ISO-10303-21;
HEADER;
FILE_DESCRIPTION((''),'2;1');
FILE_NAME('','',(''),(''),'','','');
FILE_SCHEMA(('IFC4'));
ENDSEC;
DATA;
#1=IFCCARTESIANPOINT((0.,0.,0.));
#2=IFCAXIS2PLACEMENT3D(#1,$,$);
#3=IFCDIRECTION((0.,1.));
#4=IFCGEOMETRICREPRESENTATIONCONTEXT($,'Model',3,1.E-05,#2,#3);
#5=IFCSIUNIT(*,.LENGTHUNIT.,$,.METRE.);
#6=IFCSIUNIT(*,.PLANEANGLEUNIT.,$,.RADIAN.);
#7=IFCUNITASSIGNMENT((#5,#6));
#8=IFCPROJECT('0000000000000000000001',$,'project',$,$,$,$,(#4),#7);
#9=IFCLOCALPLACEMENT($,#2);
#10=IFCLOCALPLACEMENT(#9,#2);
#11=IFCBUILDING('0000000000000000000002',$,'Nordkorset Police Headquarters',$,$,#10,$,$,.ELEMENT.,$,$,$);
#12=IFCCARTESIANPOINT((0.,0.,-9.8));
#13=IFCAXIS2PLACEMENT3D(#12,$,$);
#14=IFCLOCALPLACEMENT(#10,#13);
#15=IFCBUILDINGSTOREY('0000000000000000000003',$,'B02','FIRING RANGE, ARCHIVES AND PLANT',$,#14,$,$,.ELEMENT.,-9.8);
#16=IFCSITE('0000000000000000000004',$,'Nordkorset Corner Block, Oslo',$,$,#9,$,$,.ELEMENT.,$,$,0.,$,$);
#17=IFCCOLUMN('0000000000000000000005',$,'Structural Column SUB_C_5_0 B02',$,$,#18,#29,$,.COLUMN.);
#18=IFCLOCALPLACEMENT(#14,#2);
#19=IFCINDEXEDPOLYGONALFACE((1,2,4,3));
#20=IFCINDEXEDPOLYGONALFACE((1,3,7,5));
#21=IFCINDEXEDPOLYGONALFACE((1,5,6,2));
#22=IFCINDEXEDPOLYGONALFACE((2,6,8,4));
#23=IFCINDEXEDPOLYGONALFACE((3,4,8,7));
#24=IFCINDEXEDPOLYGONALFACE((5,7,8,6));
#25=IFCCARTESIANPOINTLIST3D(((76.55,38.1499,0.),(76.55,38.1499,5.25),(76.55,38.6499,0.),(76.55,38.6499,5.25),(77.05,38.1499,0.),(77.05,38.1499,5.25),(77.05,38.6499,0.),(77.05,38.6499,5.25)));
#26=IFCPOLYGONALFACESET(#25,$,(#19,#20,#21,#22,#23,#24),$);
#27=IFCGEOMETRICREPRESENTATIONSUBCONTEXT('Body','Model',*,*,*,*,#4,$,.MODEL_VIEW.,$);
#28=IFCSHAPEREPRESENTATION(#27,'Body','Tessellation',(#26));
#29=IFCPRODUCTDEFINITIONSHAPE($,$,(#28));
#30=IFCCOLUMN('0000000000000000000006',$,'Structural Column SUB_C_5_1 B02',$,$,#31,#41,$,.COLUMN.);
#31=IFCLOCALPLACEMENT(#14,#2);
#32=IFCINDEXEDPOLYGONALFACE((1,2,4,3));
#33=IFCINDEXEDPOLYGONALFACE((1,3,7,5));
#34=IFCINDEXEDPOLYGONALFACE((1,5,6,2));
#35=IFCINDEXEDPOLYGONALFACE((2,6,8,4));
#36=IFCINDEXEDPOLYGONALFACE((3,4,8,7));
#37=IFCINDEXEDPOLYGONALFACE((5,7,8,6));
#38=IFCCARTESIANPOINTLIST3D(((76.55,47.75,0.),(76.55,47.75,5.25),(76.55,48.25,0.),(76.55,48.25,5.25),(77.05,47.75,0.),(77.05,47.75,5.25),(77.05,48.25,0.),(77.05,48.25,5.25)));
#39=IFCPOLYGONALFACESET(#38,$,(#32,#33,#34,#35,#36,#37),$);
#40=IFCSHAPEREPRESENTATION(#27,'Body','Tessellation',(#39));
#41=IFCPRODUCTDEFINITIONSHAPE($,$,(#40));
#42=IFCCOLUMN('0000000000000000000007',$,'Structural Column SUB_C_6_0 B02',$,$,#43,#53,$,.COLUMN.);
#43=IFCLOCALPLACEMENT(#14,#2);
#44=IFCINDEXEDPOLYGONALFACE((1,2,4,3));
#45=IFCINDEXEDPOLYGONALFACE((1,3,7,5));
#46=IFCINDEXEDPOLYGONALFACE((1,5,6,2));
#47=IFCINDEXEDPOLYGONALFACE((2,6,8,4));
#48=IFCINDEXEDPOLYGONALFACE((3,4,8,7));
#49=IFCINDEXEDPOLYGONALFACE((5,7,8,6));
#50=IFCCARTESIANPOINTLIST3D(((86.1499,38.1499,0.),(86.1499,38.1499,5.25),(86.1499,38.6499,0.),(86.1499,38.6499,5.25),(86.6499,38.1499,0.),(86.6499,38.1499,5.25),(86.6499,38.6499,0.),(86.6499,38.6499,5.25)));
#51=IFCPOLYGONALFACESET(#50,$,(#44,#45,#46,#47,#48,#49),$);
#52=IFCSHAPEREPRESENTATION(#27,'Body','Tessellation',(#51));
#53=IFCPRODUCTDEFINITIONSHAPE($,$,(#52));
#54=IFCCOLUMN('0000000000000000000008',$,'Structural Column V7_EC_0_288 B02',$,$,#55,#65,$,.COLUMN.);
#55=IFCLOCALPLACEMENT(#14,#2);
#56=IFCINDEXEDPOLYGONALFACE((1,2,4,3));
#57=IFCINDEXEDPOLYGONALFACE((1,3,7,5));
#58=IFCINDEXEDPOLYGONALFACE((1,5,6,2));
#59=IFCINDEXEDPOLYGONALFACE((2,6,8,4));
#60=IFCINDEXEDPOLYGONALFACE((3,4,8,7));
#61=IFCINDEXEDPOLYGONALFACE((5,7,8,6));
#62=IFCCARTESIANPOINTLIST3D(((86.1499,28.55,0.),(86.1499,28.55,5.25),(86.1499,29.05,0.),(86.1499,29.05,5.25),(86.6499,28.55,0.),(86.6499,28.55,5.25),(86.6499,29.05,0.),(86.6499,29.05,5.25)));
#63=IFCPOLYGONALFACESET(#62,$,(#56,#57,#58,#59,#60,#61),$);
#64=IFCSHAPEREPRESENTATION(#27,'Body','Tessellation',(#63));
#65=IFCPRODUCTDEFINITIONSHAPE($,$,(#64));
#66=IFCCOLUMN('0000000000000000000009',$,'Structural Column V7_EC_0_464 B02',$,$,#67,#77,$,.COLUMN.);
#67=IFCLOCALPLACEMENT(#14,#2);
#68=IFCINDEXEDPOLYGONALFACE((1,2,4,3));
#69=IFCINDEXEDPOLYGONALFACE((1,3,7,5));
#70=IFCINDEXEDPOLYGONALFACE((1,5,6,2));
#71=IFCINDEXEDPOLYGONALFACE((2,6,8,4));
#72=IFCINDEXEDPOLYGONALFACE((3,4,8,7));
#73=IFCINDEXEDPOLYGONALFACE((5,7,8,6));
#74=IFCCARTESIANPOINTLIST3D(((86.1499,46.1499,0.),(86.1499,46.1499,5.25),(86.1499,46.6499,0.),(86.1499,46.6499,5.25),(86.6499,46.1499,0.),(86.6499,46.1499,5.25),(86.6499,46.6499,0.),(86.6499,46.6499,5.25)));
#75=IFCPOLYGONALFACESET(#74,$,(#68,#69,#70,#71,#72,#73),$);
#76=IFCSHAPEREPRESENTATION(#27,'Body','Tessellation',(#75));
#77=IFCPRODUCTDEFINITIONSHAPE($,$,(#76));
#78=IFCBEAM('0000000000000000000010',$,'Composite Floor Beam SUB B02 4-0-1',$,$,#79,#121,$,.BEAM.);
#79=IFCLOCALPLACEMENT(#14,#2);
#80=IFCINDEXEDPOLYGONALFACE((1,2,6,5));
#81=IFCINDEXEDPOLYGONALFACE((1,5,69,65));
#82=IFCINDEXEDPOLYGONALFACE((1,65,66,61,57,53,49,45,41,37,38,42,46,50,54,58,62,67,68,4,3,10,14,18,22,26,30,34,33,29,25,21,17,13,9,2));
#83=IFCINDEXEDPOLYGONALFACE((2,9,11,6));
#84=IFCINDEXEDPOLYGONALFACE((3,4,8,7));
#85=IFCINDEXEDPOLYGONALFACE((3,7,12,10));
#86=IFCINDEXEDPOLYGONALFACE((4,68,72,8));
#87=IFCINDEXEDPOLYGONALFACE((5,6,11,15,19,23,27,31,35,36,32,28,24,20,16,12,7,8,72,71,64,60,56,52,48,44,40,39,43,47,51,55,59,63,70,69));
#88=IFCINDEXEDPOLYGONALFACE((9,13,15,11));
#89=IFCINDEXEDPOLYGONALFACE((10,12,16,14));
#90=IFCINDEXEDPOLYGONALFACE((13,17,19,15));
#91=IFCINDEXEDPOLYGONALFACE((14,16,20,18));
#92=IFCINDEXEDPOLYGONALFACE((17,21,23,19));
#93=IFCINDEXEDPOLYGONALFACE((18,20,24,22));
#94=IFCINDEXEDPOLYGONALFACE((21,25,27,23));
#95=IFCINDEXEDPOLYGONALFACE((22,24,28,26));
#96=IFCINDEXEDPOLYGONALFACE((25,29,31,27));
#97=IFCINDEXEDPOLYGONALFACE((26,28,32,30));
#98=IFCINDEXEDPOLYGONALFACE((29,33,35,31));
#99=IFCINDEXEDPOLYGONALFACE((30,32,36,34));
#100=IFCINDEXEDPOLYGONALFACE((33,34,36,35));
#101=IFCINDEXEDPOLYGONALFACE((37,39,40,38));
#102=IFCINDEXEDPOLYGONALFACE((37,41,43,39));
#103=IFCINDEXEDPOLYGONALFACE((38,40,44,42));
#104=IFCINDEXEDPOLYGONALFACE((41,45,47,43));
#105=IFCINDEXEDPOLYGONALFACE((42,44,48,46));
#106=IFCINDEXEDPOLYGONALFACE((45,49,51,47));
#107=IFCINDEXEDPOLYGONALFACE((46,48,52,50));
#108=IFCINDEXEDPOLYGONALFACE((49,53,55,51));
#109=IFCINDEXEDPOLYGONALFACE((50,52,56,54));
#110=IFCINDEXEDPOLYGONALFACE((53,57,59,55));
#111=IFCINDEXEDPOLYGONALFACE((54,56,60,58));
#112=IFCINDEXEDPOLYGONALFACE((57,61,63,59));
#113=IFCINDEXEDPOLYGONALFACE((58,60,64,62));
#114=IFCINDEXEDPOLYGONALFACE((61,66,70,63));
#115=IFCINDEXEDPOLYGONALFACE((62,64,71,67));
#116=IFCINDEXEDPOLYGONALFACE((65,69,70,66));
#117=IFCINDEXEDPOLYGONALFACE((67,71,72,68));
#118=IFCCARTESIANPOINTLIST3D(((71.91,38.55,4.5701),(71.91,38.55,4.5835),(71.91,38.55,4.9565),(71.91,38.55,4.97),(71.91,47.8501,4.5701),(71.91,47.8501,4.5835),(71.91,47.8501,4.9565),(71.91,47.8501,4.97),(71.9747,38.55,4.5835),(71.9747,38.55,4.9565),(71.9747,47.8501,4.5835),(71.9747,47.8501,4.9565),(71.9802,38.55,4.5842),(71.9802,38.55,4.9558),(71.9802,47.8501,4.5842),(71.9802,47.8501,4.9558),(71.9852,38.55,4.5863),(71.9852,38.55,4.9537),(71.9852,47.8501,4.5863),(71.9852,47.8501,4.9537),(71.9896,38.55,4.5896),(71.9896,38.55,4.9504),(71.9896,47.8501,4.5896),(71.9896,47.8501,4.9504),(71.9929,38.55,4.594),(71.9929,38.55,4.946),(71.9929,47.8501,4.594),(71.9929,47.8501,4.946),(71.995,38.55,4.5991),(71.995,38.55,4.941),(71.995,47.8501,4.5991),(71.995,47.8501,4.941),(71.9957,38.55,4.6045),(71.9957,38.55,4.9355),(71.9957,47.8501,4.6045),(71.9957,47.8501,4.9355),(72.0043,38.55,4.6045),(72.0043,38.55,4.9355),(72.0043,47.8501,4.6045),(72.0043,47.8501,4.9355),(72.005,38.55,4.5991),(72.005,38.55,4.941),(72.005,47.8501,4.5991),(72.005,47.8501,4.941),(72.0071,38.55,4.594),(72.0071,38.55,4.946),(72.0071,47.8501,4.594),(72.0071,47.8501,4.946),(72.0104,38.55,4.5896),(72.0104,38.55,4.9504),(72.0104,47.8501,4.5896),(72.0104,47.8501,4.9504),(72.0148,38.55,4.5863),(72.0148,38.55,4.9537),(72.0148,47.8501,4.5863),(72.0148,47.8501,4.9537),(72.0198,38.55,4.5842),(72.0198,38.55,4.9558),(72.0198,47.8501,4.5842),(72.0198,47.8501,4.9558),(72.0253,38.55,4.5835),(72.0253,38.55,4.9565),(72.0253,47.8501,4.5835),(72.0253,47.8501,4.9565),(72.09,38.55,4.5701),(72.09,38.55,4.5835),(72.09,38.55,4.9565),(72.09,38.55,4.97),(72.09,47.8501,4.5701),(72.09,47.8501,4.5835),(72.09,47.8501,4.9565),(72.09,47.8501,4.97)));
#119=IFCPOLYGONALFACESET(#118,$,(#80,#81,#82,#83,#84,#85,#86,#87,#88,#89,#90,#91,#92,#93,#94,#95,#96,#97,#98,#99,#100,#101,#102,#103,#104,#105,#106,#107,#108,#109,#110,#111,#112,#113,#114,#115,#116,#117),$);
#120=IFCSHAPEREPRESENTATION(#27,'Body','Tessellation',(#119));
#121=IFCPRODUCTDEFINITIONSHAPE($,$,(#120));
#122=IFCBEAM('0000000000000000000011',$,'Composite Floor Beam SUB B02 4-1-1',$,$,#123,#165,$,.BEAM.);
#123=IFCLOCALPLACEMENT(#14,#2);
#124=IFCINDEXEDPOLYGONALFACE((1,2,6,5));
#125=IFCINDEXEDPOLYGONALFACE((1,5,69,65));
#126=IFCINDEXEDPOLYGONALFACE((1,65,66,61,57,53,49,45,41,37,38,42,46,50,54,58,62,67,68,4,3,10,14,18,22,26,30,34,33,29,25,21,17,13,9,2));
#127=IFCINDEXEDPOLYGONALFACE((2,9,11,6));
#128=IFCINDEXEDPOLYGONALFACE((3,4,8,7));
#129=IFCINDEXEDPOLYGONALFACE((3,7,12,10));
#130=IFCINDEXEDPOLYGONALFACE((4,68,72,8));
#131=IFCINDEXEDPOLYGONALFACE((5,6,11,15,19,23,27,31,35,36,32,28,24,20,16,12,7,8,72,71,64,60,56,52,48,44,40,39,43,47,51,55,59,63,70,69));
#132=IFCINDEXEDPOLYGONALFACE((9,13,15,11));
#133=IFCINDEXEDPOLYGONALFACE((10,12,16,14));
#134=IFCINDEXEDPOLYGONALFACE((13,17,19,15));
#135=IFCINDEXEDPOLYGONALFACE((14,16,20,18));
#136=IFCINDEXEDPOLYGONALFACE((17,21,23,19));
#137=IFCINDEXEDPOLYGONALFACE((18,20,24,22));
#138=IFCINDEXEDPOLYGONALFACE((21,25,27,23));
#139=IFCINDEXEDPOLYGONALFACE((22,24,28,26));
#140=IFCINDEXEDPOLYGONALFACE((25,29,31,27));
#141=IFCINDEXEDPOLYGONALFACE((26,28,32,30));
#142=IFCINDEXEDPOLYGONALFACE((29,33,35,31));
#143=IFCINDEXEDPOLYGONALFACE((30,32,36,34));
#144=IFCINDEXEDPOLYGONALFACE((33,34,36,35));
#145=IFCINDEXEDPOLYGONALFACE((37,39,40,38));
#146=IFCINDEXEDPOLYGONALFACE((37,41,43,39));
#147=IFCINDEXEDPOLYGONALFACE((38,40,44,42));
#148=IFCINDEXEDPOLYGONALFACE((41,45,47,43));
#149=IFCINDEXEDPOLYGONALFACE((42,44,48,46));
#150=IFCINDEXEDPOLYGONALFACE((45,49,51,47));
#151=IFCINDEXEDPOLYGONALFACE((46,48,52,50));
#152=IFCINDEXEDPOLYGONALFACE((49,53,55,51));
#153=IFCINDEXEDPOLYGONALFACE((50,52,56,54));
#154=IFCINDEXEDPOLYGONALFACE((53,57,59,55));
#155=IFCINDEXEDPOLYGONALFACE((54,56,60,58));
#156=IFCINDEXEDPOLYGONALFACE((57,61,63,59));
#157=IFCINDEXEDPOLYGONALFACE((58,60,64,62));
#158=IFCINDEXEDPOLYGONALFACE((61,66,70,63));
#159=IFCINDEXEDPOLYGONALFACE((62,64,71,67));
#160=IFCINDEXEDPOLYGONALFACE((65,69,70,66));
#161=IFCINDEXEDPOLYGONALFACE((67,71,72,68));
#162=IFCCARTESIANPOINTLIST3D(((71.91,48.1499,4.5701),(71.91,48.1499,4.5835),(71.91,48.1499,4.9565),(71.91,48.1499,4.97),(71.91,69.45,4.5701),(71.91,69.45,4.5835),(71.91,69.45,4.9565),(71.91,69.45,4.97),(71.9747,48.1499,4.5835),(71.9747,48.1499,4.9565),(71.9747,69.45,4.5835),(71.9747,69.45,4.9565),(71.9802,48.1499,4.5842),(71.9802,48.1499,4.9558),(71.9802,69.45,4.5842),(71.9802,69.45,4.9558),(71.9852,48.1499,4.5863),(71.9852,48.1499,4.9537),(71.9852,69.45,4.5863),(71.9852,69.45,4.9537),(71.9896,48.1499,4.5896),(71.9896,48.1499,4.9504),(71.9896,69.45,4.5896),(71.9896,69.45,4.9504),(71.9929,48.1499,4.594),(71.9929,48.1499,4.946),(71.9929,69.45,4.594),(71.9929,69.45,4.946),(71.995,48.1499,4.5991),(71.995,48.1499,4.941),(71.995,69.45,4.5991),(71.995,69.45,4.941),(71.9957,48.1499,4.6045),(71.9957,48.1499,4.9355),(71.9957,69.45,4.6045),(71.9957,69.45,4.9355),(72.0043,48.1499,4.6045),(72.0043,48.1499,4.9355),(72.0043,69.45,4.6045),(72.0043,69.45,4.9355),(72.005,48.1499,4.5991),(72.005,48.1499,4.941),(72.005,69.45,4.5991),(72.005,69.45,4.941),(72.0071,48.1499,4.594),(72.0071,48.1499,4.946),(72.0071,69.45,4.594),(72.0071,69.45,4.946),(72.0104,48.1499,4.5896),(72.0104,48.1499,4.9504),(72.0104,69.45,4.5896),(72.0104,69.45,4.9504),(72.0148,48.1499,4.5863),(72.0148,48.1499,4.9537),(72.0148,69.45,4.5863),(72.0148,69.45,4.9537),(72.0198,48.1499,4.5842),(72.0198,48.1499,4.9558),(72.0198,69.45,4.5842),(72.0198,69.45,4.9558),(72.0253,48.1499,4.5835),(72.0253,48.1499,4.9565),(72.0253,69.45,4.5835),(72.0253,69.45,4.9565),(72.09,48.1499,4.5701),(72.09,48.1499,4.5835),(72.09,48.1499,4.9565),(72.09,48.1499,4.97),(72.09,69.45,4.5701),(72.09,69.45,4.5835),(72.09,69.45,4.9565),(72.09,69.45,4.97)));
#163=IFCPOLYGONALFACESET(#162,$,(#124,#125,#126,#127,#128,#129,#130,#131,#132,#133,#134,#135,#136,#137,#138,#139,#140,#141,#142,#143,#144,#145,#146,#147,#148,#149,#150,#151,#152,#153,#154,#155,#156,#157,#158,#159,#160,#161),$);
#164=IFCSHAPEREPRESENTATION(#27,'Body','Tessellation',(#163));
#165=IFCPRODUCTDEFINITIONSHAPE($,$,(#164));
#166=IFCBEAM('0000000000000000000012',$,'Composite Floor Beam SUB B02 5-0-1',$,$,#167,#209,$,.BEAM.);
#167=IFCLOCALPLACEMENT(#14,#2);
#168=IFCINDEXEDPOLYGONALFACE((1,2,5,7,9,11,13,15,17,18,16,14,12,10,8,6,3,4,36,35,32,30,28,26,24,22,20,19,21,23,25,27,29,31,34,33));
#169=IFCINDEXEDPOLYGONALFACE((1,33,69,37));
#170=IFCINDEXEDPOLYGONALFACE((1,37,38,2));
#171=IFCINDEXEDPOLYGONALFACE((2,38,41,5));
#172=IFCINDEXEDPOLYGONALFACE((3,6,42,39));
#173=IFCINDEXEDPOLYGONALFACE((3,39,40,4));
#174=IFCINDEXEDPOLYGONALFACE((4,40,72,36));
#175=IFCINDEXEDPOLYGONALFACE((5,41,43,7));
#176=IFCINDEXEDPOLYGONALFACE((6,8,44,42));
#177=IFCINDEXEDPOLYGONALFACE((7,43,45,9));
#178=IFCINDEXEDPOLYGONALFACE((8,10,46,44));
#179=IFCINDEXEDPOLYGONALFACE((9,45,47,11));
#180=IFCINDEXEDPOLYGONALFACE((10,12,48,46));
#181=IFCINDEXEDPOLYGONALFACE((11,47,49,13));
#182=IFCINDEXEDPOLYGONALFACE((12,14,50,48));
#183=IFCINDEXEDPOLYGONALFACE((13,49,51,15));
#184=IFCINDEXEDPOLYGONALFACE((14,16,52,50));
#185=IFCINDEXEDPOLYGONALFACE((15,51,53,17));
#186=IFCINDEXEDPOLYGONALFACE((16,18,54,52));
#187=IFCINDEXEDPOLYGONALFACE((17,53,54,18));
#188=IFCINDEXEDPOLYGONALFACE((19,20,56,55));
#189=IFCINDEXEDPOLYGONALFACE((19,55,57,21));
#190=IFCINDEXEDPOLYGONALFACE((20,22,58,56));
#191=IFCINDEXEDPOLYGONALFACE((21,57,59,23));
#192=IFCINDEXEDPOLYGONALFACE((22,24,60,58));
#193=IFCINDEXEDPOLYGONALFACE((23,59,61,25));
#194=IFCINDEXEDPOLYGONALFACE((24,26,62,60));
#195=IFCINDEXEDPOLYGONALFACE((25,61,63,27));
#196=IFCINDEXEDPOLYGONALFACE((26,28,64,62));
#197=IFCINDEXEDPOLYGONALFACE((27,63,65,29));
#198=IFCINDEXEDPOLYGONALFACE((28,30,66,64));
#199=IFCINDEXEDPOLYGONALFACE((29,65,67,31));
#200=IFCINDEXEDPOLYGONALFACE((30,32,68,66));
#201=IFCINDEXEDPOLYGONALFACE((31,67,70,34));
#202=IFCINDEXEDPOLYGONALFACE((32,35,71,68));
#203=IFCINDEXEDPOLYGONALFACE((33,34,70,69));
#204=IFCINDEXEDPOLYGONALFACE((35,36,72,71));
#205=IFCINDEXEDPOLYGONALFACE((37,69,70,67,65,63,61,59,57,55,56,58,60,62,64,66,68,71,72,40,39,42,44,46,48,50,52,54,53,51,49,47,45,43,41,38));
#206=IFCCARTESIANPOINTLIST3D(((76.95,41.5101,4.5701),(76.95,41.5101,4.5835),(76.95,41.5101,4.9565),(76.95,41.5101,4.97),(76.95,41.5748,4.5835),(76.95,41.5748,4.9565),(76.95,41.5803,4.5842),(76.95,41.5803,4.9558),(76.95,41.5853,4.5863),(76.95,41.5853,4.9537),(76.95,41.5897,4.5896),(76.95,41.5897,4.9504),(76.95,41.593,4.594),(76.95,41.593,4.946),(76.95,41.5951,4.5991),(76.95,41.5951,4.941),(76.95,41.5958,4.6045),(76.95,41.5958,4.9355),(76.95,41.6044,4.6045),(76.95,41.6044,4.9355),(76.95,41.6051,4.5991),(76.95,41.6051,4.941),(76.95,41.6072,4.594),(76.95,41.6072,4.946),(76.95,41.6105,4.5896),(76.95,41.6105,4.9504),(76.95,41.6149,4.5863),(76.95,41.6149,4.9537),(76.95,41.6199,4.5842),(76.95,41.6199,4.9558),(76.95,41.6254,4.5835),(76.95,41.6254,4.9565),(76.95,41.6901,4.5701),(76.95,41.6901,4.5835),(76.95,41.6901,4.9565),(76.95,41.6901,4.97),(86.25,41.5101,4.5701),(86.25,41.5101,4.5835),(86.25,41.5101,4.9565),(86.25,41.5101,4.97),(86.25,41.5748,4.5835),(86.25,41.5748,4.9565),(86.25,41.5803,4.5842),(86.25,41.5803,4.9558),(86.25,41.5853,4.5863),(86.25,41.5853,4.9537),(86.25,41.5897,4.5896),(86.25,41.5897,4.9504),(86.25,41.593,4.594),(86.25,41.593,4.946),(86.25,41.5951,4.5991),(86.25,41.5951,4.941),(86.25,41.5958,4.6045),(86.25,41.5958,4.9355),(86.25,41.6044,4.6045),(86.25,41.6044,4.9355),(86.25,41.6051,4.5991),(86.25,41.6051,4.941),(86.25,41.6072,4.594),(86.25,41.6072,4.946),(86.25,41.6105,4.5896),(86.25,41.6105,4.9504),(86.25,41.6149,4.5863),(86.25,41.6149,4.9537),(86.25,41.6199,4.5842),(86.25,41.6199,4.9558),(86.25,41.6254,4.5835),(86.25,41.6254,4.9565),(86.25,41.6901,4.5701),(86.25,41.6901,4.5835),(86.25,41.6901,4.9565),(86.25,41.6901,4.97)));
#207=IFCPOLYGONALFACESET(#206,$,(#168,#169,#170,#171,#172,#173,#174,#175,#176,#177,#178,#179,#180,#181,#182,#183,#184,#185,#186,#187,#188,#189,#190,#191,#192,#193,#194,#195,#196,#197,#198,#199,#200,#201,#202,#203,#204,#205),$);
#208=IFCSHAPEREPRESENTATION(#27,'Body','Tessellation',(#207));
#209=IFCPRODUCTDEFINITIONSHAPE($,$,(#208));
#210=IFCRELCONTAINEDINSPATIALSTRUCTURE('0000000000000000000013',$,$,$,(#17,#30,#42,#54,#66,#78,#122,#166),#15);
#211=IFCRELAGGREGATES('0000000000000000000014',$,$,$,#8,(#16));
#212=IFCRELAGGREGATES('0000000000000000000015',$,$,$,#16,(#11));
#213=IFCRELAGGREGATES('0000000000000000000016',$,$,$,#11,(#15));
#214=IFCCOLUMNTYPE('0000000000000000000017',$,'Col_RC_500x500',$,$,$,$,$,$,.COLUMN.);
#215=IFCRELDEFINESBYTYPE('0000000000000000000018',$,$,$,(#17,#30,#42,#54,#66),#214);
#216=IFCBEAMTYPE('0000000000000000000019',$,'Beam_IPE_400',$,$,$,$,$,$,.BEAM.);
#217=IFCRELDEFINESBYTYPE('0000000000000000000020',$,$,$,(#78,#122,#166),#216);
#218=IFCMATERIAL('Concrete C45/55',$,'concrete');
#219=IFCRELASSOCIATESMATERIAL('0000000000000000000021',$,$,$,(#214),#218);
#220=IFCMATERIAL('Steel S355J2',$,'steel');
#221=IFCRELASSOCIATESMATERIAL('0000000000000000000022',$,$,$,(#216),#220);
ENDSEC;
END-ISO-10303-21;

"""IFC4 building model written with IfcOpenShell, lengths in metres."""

from ifc_helpers import new_model, si_unit, direction, frame, origin, origin_2d, place, context, subcontext, project, spatial, rectangle, i_section, extrude, material, material_profile, profile_set, type_object, element, save


model = new_model("IFC4")

# Units and contexts
model_context = context("Model", 3, precision=1e-05, world=origin(), true_north=direction((0.0, 1.0)))
body_context = subcontext(model_context, "Body", "Model", "MODEL_VIEW")
ifc_project = project(units=[si_unit("LENGTHUNIT", "METRE"), si_unit("PLANEANGLEUNIT", "RADIAN")], contexts=[model_context])

# Site, building, storey
site_placement = place(None, origin())
site = spatial("IfcSite", under=ifc_project, at=site_placement, Name="Nordkorset Corner Block, Oslo", CompositionType="ELEMENT", RefElevation=0.0)
building_placement = place(site_placement, origin())
building = spatial("IfcBuilding", under=site, at=building_placement, Name="Nordkorset Police Headquarters", CompositionType="ELEMENT")
storey_placement = place(building_placement, frame((0.0, 0.0, -9.8)))
storey = spatial("IfcBuildingStorey", under=building, at=storey_placement, Name="B02", Description="FIRING RANGE, ARCHIVES AND PLANT", CompositionType="ELEMENT", Elevation=-9.8)

# Columns
ifc_material_1 = material(Name="Concrete C45/55", Category="concrete")
ifc_material_profile_1 = material_profile(ifc_material_1, rectangle(XDim=0.5, YDim=0.5, at=origin_2d()), Name="RC 500x500")
ifc_profile_set_1 = profile_set([ifc_material_profile_1], Name="Concrete C45/55")
column_type_1 = type_object("IfcColumnType", Name="Col_RC_500x500", PredefinedType="COLUMN", material=ifc_profile_set_1)
for number, where, z_axis, x_axis, name in (
    (1, (76.8, 38.3999, 0.0), (0.0, 0.0, 1.0), (1.0, 0.0, 0.0), "Structural Column SUB_C_5_0 B02"),
    (2, (76.8, 48.0, 0.0), (0.0, 0.0, 1.0), (1.0, 0.0, 0.0), "Structural Column SUB_C_5_1 B02"),
    (3, (86.3999, 38.3999, 0.0), (0.0, 0.0, 1.0), (1.0, 0.0, 0.0), "Structural Column SUB_C_6_0 B02"),
    (4, (86.3999, 28.8, 0.0), (0.0, 0.0, 1.0), (1.0, 0.0, 0.0), "Structural Column V7_EC_0_288 B02"),
    (5, (86.3999, 46.3999, 0.0), (0.0, 0.0, 1.0), (1.0, 0.0, 0.0), "Structural Column V7_EC_0_464 B02"),
):
    element("IfcColumn", number, at=place(storey_placement, frame(where, z_axis=z_axis, x_axis=x_axis)), inside=storey, type_object=column_type_1, Name=name, PredefinedType="COLUMN", context=body_context, shape_type="SweptSolid", body=[
        extrude(rectangle(XDim=0.5, YDim=0.5, at=origin_2d()), origin(), (0.0, 0.0, 1.0), 5.25),
    ])

# Beams
ifc_material_2 = material(Name="Steel S355J2", Category="steel")
ifc_material_profile_2 = material_profile(ifc_material_2, i_section(OverallWidth=0.1799, OverallDepth=0.3999, WebThickness=0.0085, FlangeThickness=0.0134, FilletRadius=0.021, at=origin_2d()), Name="IPE 400")
ifc_profile_set_2 = profile_set([ifc_material_profile_2], Name="Steel S355J2")
beam_type_1 = type_object("IfcBeamType", Name="Beam_IPE_400", PredefinedType="BEAM", material=ifc_profile_set_2)
beam_1_placement = place(storey_placement, frame((72.0, 38.55, 4.77), z_axis=(0.0, 1.0, 0.0), x_axis=(-1.0, 0.0, 0.0)))
element("IfcBeam", 6, at=beam_1_placement, inside=storey, type_object=beam_type_1, Name="Composite Floor Beam SUB B02 4-0-1", PredefinedType="BEAM", context=body_context, shape_type="SweptSolid", body=[
    extrude(i_section(OverallWidth=0.1799, OverallDepth=0.3999, WebThickness=0.0085, FlangeThickness=0.0134, FilletRadius=0.021, at=origin_2d()), origin(), (0.0, 0.0, 1.0), 9.3),
])
beam_2_placement = place(storey_placement, frame((72.0, 48.1499, 4.77), z_axis=(0.0, 1.0, 0.0), x_axis=(-1.0, 0.0, 0.0)))
element("IfcBeam", 7, at=beam_2_placement, inside=storey, type_object=beam_type_1, Name="Composite Floor Beam SUB B02 4-1-1", PredefinedType="BEAM", context=body_context, shape_type="SweptSolid", body=[
    extrude(i_section(OverallWidth=0.1799, OverallDepth=0.3999, WebThickness=0.0085, FlangeThickness=0.0134, FilletRadius=0.021, at=origin_2d()), origin(), (0.0, 0.0, 1.0), 21.3),
])
for number, where, z_axis, x_axis, name in (
    (8, (76.95, 41.6001, 4.77), (1.0, 0.0, 0.0), (0.0, 1.0, 0.0), "Composite Floor Beam SUB B02 5-0-1"),
):
    element("IfcBeam", number, at=place(storey_placement, frame(where, z_axis=z_axis, x_axis=x_axis)), inside=storey, type_object=beam_type_1, Name=name, PredefinedType="BEAM", context=body_context, shape_type="SweptSolid", body=[
        extrude(i_section(OverallWidth=0.1799, OverallDepth=0.3999, WebThickness=0.0085, FlangeThickness=0.0134, FilletRadius=0.021, at=origin_2d()), origin(), (0.0, 0.0, 1.0), 9.3),
    ])

save(model, "model.ifc")
